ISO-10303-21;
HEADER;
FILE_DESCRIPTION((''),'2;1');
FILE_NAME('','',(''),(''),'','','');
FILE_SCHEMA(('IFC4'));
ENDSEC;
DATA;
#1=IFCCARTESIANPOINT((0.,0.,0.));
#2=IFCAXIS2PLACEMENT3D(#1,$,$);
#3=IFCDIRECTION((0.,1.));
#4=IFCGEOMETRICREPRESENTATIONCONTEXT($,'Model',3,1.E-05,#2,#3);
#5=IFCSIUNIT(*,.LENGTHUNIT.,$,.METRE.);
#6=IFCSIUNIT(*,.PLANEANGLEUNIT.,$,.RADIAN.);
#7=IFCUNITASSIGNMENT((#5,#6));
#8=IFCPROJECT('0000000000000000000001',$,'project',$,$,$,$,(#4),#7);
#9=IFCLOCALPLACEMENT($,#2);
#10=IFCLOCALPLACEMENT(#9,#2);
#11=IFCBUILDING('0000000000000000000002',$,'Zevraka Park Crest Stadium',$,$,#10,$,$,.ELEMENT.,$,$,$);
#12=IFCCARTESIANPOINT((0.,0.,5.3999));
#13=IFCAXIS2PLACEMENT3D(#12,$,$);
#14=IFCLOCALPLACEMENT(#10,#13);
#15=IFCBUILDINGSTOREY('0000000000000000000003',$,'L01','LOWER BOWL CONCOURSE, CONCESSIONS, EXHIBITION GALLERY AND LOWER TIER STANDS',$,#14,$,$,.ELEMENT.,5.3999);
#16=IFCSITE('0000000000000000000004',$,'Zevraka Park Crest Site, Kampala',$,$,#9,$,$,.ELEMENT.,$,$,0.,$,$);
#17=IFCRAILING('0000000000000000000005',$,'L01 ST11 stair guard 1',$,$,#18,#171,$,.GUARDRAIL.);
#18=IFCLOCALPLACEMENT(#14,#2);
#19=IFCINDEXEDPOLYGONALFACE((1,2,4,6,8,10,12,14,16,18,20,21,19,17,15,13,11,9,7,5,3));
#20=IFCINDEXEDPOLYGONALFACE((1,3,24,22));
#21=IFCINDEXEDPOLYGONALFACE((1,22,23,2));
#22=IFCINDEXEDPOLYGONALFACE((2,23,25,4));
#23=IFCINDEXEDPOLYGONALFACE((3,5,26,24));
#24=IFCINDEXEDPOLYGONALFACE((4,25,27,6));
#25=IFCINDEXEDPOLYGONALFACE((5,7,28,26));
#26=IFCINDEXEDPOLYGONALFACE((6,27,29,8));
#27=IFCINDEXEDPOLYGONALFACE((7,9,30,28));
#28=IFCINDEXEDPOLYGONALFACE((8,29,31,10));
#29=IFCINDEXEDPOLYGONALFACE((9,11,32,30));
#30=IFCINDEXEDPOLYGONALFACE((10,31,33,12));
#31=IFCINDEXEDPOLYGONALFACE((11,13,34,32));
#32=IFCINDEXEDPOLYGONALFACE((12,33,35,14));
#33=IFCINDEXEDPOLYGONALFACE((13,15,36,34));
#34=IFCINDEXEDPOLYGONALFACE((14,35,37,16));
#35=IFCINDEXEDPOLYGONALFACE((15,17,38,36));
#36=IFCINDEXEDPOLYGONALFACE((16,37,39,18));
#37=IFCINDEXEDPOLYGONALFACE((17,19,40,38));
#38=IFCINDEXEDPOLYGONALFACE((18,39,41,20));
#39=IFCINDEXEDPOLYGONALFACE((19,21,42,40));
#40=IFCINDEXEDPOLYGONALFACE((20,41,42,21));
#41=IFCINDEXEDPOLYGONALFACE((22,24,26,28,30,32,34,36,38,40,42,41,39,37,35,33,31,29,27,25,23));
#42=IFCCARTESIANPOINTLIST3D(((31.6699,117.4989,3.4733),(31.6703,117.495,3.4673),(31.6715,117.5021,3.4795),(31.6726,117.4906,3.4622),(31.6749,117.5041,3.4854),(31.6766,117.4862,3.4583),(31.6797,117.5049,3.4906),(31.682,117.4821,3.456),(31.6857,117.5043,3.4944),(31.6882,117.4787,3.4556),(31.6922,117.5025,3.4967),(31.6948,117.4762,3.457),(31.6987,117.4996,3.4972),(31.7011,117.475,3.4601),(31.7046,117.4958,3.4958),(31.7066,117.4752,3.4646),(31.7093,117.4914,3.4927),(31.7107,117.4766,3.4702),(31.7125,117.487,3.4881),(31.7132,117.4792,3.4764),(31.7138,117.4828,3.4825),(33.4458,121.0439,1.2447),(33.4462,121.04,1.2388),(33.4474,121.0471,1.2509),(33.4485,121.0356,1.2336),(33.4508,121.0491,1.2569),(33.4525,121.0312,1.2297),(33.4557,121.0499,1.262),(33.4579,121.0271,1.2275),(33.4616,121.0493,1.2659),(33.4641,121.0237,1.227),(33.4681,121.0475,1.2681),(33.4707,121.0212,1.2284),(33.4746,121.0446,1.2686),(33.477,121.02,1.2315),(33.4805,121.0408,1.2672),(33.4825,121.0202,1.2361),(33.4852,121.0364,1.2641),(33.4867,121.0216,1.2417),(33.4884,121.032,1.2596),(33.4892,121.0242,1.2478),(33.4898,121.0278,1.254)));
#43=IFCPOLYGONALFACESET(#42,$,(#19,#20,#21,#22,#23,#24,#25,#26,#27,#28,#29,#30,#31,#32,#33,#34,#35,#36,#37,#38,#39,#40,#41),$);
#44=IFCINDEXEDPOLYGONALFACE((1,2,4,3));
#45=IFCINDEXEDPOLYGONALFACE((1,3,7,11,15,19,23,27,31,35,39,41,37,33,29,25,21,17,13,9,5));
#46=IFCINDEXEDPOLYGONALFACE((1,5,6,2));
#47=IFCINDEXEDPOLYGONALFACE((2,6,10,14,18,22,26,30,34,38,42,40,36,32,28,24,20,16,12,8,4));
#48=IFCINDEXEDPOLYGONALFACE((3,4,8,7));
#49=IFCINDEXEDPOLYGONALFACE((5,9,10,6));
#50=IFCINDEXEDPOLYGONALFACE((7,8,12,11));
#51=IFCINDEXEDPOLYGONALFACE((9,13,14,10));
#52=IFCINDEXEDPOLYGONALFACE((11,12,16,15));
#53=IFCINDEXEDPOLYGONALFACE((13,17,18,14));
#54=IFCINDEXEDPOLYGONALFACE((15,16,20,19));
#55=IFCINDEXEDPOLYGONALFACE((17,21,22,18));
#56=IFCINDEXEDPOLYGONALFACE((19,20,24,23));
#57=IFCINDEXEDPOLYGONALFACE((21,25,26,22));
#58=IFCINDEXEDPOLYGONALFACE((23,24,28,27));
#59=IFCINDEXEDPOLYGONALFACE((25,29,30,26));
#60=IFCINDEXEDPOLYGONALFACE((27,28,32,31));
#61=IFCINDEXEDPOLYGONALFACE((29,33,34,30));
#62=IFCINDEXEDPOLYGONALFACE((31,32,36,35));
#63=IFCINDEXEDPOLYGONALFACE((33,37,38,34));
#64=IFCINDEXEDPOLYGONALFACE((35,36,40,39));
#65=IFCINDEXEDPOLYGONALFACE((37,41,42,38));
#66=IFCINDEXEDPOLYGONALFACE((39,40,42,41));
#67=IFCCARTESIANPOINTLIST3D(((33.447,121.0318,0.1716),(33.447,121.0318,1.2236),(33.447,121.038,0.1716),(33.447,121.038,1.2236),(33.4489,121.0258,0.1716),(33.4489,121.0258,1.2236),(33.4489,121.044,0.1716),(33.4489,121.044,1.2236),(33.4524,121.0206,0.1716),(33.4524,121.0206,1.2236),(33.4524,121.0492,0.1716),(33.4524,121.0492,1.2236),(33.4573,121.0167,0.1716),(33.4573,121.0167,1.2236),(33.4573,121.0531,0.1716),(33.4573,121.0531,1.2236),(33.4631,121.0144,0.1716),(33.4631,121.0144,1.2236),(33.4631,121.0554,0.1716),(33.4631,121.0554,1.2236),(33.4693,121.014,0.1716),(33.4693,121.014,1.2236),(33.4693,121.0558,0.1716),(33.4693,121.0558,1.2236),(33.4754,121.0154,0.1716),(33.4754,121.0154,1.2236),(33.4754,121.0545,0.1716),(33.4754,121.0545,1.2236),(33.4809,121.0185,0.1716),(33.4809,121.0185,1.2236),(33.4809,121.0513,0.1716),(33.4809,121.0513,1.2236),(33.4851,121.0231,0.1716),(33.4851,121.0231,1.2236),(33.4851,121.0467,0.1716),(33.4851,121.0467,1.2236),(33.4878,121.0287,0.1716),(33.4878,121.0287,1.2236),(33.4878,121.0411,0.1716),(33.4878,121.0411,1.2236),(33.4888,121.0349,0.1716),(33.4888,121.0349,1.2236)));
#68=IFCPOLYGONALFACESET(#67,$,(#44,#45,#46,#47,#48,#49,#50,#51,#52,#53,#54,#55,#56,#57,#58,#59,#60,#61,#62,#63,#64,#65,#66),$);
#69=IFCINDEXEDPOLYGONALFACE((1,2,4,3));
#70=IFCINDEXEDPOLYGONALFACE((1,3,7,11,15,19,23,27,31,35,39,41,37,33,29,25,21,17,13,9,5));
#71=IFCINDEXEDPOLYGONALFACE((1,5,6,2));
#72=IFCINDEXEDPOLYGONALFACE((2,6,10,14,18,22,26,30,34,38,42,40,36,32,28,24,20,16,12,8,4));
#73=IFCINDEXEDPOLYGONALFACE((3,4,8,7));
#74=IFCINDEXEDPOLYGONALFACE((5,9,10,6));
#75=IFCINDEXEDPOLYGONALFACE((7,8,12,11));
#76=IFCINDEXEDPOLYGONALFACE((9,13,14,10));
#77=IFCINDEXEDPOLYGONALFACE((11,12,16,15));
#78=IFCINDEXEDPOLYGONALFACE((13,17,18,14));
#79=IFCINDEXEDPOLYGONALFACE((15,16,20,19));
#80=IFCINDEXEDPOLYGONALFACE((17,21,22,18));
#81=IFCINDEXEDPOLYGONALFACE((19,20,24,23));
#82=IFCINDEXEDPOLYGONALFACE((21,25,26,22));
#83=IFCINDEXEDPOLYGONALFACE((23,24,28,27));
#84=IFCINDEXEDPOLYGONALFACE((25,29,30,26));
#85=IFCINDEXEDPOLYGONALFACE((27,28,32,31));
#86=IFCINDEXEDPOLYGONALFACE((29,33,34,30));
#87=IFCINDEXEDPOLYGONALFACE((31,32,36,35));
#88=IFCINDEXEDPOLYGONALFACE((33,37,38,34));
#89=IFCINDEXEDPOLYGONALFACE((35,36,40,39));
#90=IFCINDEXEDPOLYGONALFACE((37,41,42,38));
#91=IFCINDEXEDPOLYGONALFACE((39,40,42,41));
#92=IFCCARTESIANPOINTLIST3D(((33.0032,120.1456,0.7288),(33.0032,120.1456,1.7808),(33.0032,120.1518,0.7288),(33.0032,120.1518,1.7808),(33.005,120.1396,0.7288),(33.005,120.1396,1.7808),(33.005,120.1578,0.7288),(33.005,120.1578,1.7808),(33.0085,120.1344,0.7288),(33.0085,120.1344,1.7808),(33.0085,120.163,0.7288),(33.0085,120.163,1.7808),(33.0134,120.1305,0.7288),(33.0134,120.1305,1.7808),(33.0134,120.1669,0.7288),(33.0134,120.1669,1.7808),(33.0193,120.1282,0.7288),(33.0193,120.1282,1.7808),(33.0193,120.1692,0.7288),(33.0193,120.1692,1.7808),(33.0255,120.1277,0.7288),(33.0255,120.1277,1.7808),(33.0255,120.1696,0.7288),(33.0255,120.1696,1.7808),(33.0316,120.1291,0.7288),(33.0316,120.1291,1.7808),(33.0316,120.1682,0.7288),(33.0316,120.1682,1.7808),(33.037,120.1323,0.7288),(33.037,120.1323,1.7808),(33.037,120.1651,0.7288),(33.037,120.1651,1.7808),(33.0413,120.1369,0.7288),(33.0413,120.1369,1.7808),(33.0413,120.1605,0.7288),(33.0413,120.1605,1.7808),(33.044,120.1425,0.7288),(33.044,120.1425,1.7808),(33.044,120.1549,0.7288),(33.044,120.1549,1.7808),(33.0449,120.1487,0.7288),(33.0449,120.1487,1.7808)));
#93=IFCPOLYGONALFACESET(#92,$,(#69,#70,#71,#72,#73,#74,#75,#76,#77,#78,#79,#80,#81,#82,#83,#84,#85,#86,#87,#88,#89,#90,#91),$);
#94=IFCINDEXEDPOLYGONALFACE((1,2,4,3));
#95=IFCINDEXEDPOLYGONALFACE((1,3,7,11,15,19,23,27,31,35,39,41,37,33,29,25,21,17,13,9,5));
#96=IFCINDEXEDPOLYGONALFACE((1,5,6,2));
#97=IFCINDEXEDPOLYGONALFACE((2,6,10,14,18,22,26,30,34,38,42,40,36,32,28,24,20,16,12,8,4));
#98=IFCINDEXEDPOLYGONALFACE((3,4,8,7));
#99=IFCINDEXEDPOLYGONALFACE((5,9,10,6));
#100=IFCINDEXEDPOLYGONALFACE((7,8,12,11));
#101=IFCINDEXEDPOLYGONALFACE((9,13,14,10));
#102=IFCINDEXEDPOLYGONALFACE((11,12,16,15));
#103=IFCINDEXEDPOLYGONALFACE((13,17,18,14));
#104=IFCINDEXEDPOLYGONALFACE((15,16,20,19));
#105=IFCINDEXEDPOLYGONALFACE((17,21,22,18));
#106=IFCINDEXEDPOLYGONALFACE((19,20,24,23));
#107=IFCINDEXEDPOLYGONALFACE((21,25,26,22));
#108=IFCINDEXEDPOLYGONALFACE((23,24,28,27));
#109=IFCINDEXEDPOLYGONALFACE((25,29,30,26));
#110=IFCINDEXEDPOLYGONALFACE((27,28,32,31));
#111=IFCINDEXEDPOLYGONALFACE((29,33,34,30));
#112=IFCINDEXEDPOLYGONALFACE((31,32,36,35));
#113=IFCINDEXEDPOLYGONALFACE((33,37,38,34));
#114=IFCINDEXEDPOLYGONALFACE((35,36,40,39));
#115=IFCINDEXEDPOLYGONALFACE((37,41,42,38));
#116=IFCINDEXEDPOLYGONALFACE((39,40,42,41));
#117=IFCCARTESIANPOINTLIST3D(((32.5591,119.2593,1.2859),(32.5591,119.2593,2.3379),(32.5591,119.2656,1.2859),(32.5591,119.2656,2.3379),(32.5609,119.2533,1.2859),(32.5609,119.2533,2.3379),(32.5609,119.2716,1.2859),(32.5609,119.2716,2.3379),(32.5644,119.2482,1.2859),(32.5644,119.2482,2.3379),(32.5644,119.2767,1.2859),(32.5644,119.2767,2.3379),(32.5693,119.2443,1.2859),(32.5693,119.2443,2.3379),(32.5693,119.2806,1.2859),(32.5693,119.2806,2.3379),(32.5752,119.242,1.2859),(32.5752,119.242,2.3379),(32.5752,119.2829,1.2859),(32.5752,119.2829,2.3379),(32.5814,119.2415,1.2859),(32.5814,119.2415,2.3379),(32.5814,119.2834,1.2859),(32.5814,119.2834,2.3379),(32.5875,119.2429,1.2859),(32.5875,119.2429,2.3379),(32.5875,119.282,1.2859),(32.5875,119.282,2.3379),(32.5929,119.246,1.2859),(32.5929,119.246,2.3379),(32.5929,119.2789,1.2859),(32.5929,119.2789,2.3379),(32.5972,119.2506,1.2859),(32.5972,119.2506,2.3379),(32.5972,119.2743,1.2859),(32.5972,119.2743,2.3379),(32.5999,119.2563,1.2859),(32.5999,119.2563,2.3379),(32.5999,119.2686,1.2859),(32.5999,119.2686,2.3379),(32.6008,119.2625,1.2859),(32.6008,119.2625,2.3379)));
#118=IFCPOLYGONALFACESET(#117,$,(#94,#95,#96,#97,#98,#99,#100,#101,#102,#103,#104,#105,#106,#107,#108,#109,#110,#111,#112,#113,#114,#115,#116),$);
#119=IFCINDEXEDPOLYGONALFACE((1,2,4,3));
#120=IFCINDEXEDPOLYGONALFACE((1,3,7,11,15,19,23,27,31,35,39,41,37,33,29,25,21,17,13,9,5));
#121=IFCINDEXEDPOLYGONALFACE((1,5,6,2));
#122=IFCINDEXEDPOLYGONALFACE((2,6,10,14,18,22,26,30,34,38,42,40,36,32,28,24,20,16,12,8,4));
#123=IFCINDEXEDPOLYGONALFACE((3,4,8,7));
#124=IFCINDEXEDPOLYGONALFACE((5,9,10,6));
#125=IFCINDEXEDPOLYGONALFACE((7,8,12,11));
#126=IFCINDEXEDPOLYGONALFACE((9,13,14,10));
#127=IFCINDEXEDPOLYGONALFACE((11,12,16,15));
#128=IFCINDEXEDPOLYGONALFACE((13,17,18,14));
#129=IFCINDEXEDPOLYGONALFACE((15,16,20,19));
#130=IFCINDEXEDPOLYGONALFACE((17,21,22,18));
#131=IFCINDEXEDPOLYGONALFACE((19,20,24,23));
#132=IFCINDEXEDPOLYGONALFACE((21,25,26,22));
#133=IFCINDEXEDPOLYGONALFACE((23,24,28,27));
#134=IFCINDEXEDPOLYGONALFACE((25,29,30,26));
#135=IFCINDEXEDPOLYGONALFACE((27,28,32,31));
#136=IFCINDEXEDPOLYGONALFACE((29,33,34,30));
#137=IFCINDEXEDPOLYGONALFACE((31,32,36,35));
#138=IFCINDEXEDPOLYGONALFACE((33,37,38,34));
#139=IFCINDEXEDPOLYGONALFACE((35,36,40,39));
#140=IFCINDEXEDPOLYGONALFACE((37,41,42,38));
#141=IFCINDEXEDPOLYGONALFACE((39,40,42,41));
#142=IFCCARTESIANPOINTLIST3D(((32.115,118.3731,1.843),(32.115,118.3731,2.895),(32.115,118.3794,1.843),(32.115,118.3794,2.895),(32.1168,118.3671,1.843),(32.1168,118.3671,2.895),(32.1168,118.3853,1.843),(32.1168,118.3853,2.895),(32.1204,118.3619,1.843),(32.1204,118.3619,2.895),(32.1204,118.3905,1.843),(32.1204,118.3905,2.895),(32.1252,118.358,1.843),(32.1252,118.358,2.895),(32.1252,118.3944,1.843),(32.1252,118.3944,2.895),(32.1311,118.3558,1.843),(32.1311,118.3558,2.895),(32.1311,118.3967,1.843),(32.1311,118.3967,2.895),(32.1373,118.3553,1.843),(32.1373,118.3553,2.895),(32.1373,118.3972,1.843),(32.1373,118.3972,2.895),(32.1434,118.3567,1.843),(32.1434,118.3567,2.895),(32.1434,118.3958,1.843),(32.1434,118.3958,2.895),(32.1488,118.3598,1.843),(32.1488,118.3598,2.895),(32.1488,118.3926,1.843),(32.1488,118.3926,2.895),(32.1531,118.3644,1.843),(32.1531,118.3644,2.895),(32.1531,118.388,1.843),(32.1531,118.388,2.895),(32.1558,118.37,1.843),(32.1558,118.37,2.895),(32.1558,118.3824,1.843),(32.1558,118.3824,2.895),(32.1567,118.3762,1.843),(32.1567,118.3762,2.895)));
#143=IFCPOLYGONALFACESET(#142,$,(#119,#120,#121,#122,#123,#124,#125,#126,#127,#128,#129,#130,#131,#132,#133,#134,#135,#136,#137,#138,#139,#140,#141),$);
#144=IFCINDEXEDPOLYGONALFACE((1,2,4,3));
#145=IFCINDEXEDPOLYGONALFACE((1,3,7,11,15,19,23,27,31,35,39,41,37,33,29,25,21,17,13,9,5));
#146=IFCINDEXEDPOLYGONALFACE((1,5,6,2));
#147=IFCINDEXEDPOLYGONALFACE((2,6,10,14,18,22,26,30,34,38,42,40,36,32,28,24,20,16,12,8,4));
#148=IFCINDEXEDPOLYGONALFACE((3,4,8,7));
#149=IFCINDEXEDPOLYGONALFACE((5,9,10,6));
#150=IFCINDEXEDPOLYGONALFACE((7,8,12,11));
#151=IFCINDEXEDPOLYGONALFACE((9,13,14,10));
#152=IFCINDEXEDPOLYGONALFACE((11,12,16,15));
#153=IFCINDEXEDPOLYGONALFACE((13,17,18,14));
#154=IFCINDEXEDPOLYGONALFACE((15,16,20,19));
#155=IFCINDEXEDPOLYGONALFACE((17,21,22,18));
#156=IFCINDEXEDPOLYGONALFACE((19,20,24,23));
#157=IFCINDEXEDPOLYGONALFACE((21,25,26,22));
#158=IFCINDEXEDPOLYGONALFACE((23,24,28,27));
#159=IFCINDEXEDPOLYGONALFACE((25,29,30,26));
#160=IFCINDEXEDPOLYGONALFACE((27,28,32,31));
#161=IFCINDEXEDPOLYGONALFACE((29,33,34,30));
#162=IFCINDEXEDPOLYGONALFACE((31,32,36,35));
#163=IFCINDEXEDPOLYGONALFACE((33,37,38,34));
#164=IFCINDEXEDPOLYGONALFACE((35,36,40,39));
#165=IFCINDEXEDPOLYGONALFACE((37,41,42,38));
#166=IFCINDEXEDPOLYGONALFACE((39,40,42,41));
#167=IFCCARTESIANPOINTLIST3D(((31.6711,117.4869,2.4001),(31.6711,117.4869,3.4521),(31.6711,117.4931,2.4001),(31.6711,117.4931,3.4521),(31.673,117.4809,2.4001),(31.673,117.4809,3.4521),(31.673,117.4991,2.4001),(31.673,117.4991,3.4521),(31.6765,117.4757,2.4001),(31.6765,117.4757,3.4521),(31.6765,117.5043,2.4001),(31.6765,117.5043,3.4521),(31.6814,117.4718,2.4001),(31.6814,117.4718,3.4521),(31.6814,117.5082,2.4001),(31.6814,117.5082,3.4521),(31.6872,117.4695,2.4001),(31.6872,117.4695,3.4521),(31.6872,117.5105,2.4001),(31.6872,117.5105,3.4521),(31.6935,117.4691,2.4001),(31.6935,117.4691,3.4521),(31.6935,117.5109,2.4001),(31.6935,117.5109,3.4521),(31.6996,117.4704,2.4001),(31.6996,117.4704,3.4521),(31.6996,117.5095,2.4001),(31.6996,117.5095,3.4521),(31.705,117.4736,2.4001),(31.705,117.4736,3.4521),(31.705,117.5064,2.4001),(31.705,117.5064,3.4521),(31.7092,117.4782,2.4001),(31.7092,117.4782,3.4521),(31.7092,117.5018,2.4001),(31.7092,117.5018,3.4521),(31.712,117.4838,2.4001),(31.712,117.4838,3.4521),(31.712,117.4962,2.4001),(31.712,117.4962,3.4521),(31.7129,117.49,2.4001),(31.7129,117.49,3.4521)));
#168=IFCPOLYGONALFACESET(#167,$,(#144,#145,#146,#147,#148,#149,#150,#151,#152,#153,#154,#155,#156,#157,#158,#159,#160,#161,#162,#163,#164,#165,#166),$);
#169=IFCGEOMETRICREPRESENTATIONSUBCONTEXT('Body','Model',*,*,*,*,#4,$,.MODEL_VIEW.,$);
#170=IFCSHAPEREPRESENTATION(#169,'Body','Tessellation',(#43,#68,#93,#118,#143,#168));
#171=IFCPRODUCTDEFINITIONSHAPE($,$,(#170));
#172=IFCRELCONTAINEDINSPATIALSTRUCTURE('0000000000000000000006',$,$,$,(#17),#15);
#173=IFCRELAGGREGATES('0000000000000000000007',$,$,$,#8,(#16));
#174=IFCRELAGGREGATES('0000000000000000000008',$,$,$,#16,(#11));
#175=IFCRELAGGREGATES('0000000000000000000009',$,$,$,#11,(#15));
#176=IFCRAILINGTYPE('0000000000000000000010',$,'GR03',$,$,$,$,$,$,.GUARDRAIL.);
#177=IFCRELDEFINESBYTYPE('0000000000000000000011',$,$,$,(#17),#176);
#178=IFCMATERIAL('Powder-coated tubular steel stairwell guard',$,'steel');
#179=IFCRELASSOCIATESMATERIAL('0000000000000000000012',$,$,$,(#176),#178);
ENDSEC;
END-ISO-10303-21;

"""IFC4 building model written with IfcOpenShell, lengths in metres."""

from ifc_helpers import new_model, si_unit, direction, frame, origin, origin_2d, place, context, subcontext, project, spatial, circle, extrude, material, type_object, element, save


model = new_model("IFC4")

# Units and contexts
model_context = context("Model", 3, precision=1e-05, world=origin(), true_north=direction((0.0, 1.0)))
body_context = subcontext(model_context, "Body", "Model", "MODEL_VIEW")
ifc_project = project(units=[si_unit("LENGTHUNIT", "METRE"), si_unit("PLANEANGLEUNIT", "RADIAN")], contexts=[model_context])

# Site, building, storey
site_placement = place(None, origin())
site = spatial("IfcSite", under=ifc_project, at=site_placement, Name="Zevraka Park Crest Site, Kampala", CompositionType="ELEMENT", RefElevation=0.0)
building_placement = place(site_placement, origin())
building = spatial("IfcBuilding", under=site, at=building_placement, Name="Zevraka Park Crest Stadium", CompositionType="ELEMENT")
storey_placement = place(building_placement, frame((0.0, 0.0, 5.3999)))
storey = spatial("IfcBuildingStorey", under=building, at=storey_placement, Name="L01", Description="LOWER BOWL CONCOURSE, CONCESSIONS, EXHIBITION GALLERY AND LOWER TIER STANDS", CompositionType="ELEMENT", Elevation=5.3999)

# Railing
ifc_material_1 = material(Name="Powder-coated tubular steel stairwell guard", Category="steel")
railing_type_1 = type_object("IfcRailingType", Name="GR03", PredefinedType="GUARDRAIL", material=ifc_material_1)
railing_1_placement = place(storey_placement, frame((33.4678, 121.0349, 0.1716)))
element("IfcRailing", 1, at=railing_1_placement, inside=storey, type_object=railing_type_1, Name="L01 ST11 stair guard 1", PredefinedType="GUARDRAIL", context=body_context, shape_type="SweptSolid", body=[
    extrude(circle(Radius=0.0239, at=origin_2d()), frame((0.0, 0.0, 1.0762), z_axis=(-0.390454, -0.779405, 0.489973), x_axis=(0.894082, -0.447903, 0.0)), (0.0, 0.0, 1.0), 4.5483),
    extrude(circle(Radius=0.021, at=origin_2d()), origin(), (0.0, 0.0, 1.0), 1.052),
    extrude(circle(Radius=0.021, at=origin_2d()), frame((-0.4438, -0.8862, 0.5571)), (0.0, 0.0, 1.0), 1.052),
    extrude(circle(Radius=0.021, at=origin_2d()), frame((-0.8879, -1.7725, 1.1143)), (0.0, 0.0, 1.0), 1.052),
    extrude(circle(Radius=0.021, at=origin_2d()), frame((-1.332, -2.6587, 1.6714)), (0.0, 0.0, 1.0), 1.052),
    extrude(circle(Radius=0.021, at=origin_2d()), frame((-1.7759, -3.5449, 2.2285)), (0.0, 0.0, 1.0), 1.052),
])

save(model, "model.ifc")
